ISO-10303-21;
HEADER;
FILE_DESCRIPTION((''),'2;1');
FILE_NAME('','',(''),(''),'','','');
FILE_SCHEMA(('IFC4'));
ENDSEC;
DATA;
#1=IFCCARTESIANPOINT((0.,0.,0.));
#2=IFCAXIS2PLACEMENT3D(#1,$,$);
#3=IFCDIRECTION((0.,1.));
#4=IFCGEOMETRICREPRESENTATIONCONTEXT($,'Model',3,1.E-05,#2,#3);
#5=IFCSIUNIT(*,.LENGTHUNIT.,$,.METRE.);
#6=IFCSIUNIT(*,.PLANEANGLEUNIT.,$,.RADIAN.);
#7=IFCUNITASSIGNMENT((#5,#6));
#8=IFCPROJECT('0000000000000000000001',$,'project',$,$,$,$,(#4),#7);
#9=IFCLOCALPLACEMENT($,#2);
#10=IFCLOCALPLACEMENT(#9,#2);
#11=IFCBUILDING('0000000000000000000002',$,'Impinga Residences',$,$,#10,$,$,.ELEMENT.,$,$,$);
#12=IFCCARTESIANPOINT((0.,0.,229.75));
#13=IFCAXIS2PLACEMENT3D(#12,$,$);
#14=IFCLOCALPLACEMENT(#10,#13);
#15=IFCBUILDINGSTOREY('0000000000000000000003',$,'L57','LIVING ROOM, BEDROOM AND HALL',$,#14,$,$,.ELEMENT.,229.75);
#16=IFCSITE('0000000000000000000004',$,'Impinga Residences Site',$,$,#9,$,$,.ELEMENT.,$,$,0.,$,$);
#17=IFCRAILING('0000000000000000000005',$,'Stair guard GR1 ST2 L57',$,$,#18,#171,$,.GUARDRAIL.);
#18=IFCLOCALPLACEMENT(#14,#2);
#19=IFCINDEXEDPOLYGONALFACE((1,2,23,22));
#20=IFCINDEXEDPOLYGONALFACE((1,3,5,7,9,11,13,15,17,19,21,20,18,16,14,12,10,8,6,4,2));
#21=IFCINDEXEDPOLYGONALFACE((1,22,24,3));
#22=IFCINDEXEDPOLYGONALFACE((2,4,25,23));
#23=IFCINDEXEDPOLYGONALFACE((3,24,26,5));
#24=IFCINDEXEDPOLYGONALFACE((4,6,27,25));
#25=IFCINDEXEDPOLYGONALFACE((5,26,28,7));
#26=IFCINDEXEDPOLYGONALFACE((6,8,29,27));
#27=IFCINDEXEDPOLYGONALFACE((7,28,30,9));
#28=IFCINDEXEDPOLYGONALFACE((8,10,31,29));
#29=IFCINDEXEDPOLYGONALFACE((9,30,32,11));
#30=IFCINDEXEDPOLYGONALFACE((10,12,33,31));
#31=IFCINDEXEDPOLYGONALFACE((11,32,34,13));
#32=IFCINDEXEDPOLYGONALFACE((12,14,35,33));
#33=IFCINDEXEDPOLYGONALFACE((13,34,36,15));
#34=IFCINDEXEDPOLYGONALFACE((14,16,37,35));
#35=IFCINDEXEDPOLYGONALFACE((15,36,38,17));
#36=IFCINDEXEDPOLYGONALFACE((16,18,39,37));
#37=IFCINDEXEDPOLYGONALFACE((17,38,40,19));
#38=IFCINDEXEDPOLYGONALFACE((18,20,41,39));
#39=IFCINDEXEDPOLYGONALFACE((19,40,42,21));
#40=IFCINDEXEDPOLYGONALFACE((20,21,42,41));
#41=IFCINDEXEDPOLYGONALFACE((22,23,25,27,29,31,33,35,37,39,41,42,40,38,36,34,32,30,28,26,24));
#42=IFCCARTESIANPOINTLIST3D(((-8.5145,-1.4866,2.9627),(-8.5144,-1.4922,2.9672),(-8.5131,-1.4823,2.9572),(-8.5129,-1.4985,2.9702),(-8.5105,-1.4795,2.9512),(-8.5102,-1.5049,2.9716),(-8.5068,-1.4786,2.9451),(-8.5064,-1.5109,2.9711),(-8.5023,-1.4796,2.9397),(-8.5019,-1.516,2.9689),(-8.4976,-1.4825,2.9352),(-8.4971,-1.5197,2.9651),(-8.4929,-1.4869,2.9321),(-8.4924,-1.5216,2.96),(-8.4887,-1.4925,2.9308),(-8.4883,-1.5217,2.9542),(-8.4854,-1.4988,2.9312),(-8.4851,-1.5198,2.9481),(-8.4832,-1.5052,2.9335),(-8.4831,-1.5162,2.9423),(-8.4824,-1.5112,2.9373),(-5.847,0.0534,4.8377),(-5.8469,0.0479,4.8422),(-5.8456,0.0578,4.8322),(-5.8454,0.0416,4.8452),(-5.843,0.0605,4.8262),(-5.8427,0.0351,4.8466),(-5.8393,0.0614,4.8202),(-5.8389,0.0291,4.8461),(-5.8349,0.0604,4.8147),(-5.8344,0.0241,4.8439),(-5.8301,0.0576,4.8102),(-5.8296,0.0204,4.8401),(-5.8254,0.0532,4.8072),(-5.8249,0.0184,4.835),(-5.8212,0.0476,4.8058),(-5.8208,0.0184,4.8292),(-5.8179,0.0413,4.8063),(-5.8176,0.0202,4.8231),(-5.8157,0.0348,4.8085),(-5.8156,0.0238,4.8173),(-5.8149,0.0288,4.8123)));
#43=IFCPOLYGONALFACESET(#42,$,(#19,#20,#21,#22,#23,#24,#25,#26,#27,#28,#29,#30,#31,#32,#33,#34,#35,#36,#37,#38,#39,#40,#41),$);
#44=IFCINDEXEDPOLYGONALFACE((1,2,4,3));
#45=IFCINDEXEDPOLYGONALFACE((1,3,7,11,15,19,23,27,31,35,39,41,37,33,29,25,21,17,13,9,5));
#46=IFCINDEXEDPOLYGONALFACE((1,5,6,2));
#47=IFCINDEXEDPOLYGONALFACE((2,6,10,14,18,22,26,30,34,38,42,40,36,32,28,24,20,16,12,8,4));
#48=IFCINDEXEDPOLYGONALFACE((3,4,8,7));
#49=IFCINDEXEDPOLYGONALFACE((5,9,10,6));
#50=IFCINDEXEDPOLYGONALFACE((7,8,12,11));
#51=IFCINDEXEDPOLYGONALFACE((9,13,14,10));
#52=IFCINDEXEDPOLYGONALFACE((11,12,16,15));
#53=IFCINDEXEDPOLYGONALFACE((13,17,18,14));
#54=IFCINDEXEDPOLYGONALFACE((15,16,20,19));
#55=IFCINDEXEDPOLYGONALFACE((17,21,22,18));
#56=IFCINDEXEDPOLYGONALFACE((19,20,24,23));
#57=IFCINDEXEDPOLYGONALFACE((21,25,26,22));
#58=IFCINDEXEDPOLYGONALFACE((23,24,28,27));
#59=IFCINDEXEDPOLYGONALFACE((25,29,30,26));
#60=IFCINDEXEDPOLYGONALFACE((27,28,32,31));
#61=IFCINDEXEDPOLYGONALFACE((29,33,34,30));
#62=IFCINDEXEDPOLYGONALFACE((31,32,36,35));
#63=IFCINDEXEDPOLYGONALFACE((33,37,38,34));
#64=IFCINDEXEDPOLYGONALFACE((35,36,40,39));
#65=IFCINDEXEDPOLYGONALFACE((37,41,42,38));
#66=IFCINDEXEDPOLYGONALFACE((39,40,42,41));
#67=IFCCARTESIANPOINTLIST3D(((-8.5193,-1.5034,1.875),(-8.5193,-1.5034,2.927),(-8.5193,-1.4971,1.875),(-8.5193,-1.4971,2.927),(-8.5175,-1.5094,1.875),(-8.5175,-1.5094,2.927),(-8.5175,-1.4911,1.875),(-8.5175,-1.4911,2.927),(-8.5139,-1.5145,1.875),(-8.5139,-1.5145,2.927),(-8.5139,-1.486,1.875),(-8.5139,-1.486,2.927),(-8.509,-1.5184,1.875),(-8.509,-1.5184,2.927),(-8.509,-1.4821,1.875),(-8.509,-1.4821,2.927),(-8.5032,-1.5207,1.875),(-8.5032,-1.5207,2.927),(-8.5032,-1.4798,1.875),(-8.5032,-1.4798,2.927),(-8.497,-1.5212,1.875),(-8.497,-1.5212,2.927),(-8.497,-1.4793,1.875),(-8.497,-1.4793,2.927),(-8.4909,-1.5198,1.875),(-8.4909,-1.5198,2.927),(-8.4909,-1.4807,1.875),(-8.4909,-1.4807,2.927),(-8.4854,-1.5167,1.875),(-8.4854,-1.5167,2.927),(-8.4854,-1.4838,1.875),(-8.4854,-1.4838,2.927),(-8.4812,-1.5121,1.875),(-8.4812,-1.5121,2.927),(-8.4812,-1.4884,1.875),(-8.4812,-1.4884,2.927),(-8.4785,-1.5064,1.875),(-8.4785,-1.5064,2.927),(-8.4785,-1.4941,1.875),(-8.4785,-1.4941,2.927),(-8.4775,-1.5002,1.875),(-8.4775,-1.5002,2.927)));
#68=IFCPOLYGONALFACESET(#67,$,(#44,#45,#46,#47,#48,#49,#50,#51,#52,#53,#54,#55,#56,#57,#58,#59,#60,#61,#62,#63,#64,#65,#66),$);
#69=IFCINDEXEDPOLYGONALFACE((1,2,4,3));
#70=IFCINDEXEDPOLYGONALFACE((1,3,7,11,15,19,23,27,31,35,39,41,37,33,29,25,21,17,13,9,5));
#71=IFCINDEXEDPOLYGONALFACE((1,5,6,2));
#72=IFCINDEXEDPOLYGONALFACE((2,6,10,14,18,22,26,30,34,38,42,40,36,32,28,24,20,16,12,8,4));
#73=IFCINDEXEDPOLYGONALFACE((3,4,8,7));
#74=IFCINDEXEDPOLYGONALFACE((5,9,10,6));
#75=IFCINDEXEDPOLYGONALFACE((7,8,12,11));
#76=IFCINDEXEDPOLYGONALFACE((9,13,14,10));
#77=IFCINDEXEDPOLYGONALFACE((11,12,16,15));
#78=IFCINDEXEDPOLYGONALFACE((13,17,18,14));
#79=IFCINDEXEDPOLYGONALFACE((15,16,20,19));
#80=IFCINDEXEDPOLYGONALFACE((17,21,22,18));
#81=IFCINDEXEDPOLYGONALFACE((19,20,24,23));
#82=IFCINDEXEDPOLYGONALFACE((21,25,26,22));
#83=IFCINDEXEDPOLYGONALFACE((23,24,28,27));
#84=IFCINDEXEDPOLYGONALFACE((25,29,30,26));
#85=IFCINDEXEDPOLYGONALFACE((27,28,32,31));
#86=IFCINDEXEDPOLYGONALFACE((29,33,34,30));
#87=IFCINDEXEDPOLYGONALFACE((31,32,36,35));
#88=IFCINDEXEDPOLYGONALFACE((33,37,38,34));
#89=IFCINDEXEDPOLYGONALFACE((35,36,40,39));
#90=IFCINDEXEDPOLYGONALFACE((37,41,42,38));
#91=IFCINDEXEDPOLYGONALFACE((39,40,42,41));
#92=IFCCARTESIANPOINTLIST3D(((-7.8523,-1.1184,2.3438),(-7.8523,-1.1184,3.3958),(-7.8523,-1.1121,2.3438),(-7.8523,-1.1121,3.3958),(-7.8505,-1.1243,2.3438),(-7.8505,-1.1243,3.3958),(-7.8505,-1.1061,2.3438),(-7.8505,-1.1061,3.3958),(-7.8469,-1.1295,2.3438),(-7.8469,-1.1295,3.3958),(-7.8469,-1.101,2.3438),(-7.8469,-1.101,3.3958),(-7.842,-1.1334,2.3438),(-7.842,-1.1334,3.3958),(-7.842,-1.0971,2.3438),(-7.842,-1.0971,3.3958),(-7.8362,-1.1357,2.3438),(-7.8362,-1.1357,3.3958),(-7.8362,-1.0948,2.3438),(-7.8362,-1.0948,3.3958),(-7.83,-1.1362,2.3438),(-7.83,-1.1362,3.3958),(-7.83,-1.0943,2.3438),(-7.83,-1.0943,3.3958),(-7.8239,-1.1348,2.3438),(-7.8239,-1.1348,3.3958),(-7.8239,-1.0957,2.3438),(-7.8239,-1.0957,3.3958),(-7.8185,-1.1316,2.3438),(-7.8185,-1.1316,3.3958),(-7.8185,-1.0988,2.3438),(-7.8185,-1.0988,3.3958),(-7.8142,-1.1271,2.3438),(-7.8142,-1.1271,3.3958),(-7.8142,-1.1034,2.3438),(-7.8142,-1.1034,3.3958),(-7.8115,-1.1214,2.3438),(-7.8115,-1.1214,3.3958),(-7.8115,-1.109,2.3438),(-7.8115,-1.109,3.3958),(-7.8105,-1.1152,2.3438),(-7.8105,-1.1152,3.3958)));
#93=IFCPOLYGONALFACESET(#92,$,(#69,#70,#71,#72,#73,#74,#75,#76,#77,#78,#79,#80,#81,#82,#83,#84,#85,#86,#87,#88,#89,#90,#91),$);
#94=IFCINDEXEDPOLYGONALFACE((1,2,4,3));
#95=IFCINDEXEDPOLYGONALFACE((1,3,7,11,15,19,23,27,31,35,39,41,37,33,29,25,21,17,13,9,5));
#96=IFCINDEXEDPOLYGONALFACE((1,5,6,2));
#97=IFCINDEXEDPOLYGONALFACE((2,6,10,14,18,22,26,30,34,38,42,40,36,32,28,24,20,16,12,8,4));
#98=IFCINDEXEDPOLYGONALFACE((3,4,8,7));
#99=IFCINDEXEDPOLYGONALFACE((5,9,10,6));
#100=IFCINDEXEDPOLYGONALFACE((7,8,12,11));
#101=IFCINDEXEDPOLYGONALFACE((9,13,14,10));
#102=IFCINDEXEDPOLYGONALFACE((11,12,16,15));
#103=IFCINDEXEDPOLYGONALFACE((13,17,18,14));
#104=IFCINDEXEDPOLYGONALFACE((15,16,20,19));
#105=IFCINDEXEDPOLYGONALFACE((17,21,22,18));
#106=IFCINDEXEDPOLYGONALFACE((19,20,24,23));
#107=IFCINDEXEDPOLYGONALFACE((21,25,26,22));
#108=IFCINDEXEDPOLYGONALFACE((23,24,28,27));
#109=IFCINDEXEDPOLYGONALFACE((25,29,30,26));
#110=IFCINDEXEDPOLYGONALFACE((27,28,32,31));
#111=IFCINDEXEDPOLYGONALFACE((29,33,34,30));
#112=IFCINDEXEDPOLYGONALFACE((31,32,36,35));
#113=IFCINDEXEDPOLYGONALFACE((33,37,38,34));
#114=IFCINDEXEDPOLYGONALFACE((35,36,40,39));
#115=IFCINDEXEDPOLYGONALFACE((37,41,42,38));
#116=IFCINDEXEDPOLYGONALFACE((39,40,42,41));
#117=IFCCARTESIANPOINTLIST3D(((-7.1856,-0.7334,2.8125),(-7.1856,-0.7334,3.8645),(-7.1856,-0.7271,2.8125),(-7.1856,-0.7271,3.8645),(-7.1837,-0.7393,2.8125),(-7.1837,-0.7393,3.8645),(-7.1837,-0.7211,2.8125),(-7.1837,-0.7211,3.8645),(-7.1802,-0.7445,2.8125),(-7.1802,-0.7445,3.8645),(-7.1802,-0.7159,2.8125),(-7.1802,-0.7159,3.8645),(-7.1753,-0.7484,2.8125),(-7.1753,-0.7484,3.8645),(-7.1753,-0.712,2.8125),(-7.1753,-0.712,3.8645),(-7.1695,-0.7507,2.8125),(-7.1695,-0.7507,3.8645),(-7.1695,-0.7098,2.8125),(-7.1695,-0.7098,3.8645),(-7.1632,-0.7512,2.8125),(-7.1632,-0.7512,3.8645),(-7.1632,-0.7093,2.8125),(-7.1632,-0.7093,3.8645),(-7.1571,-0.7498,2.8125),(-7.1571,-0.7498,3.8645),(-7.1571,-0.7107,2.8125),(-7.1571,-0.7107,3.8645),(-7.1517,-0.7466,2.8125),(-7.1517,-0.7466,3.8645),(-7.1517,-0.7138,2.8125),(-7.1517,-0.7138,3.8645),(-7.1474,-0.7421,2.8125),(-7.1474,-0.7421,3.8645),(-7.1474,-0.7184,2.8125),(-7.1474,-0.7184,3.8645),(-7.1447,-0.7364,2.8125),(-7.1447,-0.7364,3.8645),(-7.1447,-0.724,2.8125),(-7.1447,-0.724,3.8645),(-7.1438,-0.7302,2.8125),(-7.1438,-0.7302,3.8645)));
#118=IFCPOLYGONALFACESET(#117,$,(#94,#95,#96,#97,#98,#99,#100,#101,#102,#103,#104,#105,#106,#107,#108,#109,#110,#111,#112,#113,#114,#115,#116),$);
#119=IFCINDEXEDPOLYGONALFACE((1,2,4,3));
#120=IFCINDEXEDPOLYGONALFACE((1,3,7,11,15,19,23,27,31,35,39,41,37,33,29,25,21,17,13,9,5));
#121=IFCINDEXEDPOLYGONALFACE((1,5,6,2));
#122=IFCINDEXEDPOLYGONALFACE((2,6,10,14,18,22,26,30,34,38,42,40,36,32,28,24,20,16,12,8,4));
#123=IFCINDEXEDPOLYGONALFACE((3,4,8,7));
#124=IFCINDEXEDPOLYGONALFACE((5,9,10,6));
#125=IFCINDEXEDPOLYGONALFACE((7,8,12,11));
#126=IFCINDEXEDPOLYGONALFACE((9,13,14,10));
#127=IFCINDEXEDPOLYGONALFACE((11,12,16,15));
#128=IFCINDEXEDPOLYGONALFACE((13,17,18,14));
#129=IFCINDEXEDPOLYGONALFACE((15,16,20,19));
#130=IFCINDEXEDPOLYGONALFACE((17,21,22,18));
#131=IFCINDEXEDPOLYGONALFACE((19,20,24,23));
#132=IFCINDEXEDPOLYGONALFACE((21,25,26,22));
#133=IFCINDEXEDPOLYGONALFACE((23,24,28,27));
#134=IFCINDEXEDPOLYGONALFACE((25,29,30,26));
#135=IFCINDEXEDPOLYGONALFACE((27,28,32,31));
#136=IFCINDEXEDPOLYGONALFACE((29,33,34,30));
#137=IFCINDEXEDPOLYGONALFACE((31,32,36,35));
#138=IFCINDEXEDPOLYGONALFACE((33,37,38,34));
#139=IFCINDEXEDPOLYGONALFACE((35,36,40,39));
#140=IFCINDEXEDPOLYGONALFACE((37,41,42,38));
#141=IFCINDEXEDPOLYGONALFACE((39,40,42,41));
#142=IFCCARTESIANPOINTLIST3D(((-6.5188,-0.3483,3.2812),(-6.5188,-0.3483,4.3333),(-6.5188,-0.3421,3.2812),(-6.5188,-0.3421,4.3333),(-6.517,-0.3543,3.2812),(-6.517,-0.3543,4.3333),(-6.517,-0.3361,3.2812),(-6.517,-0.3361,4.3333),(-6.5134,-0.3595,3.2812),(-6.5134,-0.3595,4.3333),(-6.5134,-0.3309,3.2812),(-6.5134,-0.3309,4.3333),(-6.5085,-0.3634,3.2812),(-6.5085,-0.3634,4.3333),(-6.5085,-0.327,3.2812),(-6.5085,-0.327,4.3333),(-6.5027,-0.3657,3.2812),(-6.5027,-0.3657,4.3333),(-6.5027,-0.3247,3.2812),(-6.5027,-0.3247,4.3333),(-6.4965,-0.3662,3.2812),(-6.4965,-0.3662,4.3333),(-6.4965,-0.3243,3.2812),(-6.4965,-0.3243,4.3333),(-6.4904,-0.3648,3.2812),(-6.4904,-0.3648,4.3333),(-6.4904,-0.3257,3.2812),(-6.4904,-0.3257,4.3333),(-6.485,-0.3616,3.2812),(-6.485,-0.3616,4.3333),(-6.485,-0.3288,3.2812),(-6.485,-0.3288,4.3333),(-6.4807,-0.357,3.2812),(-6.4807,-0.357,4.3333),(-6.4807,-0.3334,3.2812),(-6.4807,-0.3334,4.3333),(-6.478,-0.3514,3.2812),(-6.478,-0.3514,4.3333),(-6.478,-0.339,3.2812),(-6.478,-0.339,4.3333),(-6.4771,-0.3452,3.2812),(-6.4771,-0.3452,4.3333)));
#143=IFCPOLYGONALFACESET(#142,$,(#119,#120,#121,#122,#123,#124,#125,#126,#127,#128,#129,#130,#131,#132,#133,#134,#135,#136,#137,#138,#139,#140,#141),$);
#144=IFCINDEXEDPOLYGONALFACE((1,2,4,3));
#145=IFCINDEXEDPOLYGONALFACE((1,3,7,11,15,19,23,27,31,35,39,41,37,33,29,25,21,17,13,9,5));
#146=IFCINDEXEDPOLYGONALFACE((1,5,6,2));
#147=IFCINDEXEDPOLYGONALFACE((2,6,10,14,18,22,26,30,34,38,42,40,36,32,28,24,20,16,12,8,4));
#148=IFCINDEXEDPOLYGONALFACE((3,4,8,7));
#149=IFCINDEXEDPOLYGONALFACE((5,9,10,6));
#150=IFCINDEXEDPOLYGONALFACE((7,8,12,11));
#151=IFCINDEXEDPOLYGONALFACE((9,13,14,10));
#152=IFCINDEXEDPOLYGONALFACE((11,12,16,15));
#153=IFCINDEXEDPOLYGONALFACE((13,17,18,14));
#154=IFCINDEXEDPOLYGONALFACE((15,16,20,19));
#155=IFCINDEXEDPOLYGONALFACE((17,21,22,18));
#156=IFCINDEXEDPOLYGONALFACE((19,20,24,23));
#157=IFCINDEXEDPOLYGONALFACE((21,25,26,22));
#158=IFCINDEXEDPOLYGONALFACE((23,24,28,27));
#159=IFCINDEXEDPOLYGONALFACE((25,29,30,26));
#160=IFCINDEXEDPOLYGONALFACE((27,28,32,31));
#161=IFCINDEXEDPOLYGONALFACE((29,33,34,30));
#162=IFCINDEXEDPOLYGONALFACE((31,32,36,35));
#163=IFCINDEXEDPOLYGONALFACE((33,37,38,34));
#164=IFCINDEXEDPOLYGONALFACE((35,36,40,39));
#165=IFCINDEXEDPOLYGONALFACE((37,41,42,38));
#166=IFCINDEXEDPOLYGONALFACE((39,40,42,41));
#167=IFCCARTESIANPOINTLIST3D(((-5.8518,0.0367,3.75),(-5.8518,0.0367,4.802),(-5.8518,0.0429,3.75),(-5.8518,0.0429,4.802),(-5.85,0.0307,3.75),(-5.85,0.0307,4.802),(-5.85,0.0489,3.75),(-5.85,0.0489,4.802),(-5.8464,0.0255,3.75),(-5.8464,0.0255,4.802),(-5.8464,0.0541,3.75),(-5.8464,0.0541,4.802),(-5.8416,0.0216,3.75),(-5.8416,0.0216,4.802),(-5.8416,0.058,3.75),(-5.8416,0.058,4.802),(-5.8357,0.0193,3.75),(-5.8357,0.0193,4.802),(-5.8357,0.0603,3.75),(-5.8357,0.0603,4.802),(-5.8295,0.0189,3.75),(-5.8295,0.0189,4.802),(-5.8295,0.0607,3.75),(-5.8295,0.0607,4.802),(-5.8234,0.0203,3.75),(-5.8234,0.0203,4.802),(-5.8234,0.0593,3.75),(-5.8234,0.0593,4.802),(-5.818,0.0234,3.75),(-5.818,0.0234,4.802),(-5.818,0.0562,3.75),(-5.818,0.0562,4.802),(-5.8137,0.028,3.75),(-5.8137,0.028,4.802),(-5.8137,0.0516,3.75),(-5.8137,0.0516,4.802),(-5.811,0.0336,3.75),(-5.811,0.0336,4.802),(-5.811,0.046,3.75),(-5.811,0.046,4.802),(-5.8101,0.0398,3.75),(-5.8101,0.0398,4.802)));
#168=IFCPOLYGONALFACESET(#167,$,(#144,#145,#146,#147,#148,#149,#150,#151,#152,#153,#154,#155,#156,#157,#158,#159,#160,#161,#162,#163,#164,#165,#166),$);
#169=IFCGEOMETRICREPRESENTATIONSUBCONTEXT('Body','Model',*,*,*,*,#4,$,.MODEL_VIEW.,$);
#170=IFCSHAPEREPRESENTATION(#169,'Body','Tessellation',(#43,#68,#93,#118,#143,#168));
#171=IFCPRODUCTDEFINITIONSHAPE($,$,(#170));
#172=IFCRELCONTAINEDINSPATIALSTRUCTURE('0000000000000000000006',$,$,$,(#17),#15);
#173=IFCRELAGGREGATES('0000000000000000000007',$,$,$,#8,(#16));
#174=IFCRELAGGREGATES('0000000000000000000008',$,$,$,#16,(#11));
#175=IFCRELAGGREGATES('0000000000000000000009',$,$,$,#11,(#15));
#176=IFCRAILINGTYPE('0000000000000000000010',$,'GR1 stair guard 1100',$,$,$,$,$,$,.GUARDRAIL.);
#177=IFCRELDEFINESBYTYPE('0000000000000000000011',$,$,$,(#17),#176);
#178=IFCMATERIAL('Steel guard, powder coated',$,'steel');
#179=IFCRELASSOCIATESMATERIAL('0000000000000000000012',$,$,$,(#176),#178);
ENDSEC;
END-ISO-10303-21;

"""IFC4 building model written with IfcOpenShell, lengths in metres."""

from ifc_helpers import new_model, si_unit, direction, frame, origin, origin_2d, place, context, subcontext, project, spatial, circle, extrude, material, type_object, element, save


model = new_model("IFC4")

# Units and contexts
model_context = context("Model", 3, precision=1e-05, world=origin(), true_north=direction((0.0, 1.0)))
body_context = subcontext(model_context, "Body", "Model", "MODEL_VIEW")
ifc_project = project(units=[si_unit("LENGTHUNIT", "METRE"), si_unit("PLANEANGLEUNIT", "RADIAN")], contexts=[model_context])

# Site, building, storey
site_placement = place(None, origin())
site = spatial("IfcSite", under=ifc_project, at=site_placement, Name="Impinga Residences Site", CompositionType="ELEMENT", RefElevation=0.0)
building_placement = place(site_placement, origin())
building = spatial("IfcBuilding", under=site, at=building_placement, Name="Impinga Residences", CompositionType="ELEMENT")
storey_placement = place(building_placement, frame((0.0, 0.0, 229.75)))
storey = spatial("IfcBuildingStorey", under=building, at=storey_placement, Name="L57", Description="LIVING ROOM, BEDROOM AND HALL", CompositionType="ELEMENT", Elevation=229.75)

# Railing
ifc_material_1 = material(Name="Steel guard, powder coated", Category="steel")
railing_type = type_object("IfcRailingType", Name="GR1 stair guard 1100", PredefinedType="GUARDRAIL", material=ifc_material_1)
railing_placement = place(storey_placement, frame((-8.4985, -1.5002, 1.875)))
element("IfcRailing", 1, at=railing_placement, inside=storey, type_object=railing_type, Name="Stair guard GR1 ST2 L57", PredefinedType="GUARDRAIL", context=body_context, shape_type="SweptSolid", body=[
    extrude(circle(Radius=0.0239, at=origin_2d()), frame((0.0, 0.0, 1.0762), z_axis=(0.739746, 0.427084, 0.519975), x_axis=(-0.499992, 0.86603, 0.0)), (0.0, 0.0, 1.0), 3.606),
    extrude(circle(Radius=0.021, at=origin_2d()), origin(), (0.0, 0.0, 1.0), 1.052),
    extrude(circle(Radius=0.021, at=origin_2d()), frame((0.667, 0.385, 0.4688)), (0.0, 0.0, 1.0), 1.052),
    extrude(circle(Radius=0.021, at=origin_2d()), frame((1.3337, 0.77, 0.9375)), (0.0, 0.0, 1.0), 1.052),
    extrude(circle(Radius=0.021, at=origin_2d()), frame((2.0005, 1.155, 1.4062)), (0.0, 0.0, 1.0), 1.052),
    extrude(circle(Radius=0.021, at=origin_2d()), frame((2.6675, 1.54, 1.875)), (0.0, 0.0, 1.0), 1.052),
])

save(model, "model.ifc")
